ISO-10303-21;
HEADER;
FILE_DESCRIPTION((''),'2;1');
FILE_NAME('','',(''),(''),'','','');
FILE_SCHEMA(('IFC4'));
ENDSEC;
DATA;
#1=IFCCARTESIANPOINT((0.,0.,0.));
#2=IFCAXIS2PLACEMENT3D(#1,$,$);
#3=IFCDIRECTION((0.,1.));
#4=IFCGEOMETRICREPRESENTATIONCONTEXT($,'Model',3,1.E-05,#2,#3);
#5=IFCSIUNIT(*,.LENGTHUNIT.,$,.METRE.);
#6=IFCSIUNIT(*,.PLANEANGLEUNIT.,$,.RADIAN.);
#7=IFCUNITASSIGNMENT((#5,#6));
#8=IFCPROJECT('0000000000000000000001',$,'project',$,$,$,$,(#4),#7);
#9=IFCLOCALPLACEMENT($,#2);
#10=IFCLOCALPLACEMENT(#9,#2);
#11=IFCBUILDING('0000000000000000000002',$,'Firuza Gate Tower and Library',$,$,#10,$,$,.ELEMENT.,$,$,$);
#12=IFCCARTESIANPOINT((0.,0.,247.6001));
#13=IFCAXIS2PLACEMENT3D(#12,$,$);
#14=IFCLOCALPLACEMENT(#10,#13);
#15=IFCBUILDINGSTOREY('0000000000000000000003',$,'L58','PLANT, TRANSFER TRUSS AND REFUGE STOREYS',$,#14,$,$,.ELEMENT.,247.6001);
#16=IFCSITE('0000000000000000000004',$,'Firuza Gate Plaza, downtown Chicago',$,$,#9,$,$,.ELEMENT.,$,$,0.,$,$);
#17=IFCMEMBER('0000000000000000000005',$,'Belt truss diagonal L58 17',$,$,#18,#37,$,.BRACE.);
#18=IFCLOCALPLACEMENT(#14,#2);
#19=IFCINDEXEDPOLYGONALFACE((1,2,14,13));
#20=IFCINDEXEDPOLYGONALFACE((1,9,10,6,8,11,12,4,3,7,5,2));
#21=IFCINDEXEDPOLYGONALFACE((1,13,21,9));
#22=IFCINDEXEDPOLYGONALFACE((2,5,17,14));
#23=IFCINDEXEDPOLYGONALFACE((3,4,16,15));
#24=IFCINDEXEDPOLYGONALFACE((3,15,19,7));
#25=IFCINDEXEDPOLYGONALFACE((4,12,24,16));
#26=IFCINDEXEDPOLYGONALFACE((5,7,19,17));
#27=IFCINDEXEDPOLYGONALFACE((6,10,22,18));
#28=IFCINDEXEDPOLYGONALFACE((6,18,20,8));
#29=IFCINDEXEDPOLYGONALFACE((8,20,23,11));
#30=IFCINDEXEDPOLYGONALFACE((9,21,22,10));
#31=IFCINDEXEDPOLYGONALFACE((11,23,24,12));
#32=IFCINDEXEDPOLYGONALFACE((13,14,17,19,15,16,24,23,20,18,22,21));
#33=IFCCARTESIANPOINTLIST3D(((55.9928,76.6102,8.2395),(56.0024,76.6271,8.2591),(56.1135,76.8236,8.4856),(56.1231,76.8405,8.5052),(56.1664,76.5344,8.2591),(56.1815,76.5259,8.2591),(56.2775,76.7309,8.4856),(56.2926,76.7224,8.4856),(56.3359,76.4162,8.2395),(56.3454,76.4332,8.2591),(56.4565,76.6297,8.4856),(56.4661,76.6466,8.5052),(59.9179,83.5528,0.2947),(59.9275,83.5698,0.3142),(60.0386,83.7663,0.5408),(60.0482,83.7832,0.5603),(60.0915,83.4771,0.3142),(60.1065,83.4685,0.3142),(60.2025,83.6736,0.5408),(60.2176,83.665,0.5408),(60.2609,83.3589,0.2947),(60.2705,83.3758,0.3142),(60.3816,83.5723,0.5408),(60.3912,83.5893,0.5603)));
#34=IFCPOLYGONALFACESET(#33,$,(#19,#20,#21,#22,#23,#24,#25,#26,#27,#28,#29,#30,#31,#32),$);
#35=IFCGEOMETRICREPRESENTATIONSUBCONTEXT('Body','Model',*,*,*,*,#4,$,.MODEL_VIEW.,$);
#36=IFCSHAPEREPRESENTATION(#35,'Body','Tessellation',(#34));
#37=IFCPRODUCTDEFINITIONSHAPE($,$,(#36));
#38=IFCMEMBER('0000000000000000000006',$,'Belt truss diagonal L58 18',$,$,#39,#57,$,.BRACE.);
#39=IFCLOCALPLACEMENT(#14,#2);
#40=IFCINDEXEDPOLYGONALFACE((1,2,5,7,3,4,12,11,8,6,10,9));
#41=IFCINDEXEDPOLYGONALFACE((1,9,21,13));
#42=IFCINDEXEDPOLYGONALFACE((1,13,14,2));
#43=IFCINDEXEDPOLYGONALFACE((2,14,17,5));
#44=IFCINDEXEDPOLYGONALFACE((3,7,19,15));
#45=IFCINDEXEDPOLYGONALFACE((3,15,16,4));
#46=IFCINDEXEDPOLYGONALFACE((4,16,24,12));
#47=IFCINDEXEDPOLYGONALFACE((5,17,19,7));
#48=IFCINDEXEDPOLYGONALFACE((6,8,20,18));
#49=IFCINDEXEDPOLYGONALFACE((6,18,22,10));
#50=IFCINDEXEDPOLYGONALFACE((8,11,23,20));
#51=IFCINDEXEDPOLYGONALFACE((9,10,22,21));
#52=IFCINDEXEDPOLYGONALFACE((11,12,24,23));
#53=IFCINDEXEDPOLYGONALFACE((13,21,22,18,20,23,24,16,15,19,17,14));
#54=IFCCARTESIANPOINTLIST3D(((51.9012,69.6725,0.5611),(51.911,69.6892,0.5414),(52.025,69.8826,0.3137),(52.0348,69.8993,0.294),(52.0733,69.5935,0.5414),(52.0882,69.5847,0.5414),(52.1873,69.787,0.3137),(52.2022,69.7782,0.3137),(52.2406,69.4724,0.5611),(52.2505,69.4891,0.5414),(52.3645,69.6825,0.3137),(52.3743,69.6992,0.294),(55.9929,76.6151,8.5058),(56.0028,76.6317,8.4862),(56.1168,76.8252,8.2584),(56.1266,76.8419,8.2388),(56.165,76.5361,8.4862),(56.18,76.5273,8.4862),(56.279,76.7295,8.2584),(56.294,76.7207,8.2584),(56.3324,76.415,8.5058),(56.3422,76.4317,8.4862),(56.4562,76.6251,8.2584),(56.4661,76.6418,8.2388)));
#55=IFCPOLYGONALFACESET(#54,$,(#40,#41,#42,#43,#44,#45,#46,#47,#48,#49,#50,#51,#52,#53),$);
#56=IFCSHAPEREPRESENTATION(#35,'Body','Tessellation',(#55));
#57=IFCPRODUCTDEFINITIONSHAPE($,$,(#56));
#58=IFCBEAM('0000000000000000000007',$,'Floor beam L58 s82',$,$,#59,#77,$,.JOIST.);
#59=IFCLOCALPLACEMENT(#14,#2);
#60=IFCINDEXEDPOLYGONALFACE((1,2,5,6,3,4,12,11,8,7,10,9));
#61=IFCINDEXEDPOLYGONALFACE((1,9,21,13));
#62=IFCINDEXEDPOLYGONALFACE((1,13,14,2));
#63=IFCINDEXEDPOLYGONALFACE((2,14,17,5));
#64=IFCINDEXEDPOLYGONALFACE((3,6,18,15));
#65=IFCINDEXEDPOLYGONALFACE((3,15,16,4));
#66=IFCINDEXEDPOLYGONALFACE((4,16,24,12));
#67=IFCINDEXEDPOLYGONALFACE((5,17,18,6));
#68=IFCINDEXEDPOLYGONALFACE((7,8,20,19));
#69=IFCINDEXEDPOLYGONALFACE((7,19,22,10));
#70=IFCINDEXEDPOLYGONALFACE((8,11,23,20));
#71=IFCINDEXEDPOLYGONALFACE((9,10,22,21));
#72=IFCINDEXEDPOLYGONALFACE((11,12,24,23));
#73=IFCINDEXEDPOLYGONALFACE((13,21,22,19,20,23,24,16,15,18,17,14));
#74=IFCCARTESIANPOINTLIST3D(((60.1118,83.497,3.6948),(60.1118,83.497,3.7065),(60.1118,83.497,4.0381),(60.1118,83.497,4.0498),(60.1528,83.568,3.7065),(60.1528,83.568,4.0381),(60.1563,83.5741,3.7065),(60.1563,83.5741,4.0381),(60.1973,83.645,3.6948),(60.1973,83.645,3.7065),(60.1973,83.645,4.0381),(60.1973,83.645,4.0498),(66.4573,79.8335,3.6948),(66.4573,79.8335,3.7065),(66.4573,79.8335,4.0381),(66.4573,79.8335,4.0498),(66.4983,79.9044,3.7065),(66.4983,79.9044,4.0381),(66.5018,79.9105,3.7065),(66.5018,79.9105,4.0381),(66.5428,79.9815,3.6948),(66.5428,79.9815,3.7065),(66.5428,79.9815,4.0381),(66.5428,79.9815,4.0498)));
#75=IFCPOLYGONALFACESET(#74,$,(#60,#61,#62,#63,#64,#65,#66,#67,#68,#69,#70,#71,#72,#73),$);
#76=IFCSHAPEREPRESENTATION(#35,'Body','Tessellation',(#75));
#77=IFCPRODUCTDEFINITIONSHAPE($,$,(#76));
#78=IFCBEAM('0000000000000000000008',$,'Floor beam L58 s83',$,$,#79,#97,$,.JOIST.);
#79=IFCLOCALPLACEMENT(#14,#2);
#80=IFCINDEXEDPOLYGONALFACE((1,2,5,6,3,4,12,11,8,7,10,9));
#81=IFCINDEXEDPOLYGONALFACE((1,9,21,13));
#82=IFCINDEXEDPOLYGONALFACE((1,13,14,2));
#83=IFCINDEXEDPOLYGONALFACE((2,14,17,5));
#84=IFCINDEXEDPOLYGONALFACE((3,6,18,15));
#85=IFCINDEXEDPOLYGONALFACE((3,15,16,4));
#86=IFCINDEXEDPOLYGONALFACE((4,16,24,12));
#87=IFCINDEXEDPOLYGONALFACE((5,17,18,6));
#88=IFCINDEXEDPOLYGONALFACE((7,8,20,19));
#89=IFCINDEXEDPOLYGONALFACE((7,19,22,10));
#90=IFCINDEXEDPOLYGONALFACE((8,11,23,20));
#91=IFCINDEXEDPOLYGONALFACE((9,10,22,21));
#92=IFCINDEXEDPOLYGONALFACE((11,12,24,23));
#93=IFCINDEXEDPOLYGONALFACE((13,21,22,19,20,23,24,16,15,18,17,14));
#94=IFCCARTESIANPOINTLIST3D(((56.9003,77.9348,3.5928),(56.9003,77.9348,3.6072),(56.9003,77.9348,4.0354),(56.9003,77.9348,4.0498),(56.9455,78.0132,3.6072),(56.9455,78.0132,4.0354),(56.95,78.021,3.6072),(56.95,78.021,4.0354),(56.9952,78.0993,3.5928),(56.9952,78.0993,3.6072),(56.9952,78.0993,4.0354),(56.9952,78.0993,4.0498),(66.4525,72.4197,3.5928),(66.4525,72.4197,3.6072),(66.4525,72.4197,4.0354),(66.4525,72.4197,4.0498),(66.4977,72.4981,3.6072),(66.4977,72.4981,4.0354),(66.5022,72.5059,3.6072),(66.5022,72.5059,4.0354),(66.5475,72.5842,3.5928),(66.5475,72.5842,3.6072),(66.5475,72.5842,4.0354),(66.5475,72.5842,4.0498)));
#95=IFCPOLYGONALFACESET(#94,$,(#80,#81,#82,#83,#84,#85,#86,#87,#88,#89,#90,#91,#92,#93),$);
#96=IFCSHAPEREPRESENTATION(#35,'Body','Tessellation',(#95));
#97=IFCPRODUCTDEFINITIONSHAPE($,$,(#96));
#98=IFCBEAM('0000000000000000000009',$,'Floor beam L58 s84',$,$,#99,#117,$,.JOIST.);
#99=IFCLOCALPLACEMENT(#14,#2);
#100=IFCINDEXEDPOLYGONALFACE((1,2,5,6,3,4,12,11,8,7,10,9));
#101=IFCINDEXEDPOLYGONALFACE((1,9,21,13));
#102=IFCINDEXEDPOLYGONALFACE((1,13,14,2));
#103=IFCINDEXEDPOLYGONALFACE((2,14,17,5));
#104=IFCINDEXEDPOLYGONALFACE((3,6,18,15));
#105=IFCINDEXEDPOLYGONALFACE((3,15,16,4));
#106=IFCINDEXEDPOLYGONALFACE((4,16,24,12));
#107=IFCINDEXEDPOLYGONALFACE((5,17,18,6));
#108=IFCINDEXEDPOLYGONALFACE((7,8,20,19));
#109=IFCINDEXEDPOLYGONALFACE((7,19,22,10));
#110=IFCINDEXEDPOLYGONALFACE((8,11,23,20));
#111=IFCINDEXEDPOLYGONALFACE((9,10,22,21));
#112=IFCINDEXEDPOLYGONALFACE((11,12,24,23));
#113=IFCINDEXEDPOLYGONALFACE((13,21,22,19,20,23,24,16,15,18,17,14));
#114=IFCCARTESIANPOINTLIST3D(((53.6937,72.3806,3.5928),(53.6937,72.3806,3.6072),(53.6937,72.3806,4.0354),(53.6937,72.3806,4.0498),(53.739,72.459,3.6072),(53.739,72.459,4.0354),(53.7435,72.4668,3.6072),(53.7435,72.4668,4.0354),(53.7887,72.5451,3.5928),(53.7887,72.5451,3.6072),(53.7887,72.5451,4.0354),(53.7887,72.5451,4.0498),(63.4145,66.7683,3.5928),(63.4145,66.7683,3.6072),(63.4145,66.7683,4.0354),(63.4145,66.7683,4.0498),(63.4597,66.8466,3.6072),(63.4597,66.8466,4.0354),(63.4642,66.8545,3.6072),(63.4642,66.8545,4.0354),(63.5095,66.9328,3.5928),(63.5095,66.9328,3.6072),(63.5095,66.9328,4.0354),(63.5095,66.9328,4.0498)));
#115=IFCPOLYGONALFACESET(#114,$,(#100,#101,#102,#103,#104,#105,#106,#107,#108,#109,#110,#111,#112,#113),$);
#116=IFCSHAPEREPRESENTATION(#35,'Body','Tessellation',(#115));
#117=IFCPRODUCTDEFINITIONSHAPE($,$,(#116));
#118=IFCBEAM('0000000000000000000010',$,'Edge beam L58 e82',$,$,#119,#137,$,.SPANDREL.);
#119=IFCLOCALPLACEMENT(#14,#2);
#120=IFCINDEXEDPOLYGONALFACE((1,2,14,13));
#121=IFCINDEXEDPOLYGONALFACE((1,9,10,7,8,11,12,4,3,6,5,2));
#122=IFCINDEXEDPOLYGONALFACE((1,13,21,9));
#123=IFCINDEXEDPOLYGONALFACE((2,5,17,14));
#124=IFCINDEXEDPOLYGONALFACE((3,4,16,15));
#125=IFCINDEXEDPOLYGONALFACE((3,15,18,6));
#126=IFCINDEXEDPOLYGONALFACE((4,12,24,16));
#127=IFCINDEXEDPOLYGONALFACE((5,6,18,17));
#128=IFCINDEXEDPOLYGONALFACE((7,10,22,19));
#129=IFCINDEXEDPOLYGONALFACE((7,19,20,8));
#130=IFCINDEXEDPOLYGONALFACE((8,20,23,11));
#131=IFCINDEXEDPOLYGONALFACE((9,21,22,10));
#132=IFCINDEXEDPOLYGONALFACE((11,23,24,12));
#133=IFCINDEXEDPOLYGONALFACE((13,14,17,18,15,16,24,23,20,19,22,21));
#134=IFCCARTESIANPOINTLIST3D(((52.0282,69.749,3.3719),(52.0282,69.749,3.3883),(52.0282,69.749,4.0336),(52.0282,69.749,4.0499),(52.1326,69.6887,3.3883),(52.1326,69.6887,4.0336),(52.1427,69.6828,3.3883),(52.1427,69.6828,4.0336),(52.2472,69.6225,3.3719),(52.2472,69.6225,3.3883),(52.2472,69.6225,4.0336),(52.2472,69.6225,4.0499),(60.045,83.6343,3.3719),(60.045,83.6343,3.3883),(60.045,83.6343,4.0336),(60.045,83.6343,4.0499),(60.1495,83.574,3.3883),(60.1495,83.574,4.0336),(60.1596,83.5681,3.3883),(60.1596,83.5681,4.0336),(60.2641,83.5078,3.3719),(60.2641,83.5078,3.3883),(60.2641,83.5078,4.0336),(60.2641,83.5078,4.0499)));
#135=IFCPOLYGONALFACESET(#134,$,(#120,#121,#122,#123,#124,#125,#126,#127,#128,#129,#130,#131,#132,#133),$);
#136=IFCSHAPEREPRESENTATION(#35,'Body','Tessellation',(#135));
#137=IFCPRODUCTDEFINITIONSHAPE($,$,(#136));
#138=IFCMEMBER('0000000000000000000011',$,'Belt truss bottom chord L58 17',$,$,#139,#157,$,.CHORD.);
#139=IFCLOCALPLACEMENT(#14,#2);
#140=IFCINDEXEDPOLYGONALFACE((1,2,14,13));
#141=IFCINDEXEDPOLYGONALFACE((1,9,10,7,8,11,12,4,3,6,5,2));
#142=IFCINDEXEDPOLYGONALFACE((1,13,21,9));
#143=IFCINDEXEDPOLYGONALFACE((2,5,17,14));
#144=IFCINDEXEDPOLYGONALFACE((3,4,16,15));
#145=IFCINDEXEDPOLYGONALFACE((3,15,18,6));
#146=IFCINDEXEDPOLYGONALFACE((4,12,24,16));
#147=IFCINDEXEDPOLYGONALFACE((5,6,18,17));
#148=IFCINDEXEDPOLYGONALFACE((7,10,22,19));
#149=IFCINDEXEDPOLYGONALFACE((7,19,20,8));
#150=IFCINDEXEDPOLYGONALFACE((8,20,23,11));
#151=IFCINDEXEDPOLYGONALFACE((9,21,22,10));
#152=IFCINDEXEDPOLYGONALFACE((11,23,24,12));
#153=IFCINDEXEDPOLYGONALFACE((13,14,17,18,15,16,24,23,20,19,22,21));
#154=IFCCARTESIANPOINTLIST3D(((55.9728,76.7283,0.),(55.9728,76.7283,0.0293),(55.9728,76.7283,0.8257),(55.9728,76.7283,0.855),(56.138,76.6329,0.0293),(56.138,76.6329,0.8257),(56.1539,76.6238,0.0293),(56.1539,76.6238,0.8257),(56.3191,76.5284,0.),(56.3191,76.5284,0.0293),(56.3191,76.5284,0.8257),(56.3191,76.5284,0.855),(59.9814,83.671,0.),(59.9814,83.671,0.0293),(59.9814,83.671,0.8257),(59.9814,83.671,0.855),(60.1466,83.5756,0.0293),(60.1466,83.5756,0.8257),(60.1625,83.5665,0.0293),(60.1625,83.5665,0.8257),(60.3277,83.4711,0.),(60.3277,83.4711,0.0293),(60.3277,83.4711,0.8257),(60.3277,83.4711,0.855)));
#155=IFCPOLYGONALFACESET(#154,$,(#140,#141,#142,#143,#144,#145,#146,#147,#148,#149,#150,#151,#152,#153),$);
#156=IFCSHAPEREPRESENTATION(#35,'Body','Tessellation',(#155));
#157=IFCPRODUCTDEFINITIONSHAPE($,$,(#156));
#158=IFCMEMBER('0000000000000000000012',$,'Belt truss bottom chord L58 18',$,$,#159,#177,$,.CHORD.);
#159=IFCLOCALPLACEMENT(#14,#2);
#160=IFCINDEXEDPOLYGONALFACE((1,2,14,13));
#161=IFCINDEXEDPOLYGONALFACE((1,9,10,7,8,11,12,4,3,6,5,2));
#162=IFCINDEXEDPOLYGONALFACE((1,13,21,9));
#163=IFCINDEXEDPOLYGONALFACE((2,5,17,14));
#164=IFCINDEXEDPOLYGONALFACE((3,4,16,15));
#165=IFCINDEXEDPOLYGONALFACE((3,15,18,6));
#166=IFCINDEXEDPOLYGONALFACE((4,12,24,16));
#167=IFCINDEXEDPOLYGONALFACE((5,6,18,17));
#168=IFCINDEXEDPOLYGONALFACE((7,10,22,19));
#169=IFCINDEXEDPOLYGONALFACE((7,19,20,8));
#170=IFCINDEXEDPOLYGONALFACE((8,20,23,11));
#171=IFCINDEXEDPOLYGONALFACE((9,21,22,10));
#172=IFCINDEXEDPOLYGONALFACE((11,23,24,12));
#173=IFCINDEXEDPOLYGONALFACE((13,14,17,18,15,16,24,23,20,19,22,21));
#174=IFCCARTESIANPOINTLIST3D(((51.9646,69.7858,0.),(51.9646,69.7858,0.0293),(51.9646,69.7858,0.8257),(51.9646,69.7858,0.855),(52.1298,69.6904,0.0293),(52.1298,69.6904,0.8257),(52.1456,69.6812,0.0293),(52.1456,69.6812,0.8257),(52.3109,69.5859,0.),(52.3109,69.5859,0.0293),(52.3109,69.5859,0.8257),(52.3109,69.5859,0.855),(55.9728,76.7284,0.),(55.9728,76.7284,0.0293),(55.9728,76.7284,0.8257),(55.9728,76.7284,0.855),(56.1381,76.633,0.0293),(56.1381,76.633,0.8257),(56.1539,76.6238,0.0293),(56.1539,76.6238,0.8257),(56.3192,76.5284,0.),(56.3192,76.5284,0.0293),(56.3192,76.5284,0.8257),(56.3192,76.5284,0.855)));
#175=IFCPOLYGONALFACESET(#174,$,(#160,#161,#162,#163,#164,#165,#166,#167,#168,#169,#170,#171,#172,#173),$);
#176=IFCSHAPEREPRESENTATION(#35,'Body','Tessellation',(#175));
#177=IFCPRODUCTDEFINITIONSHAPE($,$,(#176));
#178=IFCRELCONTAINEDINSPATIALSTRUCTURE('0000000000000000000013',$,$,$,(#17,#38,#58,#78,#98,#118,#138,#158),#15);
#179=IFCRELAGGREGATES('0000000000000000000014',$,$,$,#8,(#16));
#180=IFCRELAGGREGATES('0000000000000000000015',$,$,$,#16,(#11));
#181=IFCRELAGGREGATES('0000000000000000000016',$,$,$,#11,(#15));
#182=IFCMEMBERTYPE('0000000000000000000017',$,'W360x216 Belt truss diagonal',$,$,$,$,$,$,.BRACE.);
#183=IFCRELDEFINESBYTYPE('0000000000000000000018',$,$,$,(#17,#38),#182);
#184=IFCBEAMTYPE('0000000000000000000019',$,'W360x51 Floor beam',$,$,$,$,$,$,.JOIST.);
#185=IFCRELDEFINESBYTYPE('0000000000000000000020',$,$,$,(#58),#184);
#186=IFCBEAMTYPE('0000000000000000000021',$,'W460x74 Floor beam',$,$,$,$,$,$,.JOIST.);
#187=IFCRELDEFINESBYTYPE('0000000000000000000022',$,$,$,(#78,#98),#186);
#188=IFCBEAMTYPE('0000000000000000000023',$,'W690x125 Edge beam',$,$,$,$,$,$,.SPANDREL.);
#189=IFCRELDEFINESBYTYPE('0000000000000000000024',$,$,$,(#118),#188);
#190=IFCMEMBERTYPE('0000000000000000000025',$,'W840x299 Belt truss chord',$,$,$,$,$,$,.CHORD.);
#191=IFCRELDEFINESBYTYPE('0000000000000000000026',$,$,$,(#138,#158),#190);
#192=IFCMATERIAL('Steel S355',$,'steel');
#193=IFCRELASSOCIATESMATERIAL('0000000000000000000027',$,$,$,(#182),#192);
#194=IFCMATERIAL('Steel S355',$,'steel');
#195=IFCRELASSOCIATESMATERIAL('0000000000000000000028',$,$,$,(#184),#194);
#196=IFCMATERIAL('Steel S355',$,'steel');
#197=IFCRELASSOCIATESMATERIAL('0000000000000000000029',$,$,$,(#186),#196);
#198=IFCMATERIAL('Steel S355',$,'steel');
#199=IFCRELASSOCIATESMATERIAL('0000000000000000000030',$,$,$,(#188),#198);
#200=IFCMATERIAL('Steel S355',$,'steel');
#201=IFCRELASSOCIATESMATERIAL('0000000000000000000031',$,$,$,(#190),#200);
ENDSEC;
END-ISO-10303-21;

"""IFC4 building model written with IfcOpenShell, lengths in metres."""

from ifc_helpers import new_model, si_unit, direction, frame, origin, origin_2d, place, context, subcontext, project, spatial, i_section, extrude, material, material_profile, profile_set, type_object, element, save


model = new_model("IFC4")

# Units and contexts
model_context = context("Model", 3, precision=1e-05, world=origin(), true_north=direction((0.0, 1.0)))
body_context = subcontext(model_context, "Body", "Model", "MODEL_VIEW")
ifc_project = project(units=[si_unit("LENGTHUNIT", "METRE"), si_unit("PLANEANGLEUNIT", "RADIAN")], contexts=[model_context])

# Site, building, storey
site_placement = place(None, origin())
site = spatial("IfcSite", under=ifc_project, at=site_placement, Name="Firuza Gate Plaza, downtown Chicago", CompositionType="ELEMENT", RefElevation=0.0)
building_placement = place(site_placement, origin())
building = spatial("IfcBuilding", under=site, at=building_placement, Name="Firuza Gate Tower and Library", CompositionType="ELEMENT")
storey_placement = place(building_placement, frame((0.0, 0.0, 247.6001)))
storey = spatial("IfcBuildingStorey", under=building, at=storey_placement, Name="L58", Description="PLANT, TRANSFER TRUSS AND REFUGE STOREYS", CompositionType="ELEMENT", Elevation=247.6001)

# Members
ifc_material_1 = material(Name="Steel S355", Category="steel")
ifc_material_profile_1 = material_profile(ifc_material_1, i_section(OverallWidth=0.394, OverallDepth=0.375, WebThickness=0.0173, FlangeThickness=0.0276, at=origin_2d()))
ifc_profile_set_1 = profile_set([ifc_material_profile_1], Name="Steel S355")
member_type_1 = type_object("IfcMemberType", Name="W360x216 Belt truss diagonal", PredefinedType="BRACE", material=ifc_profile_set_1)
member_1_placement = place(storey_placement, frame((60.1545, 83.571, 0.4275), z_axis=(-0.348668, -0.616723, 0.70575), x_axis=(0.870512, -0.492148, 0.0)))
element("IfcMember", 1, at=member_1_placement, inside=storey, type_object=member_type_1, Name="Belt truss diagonal L58 17", PredefinedType="BRACE", context=body_context, shape_type="SweptSolid", body=[
    extrude(i_section(OverallWidth=0.394, OverallDepth=0.375, WebThickness=0.0173, FlangeThickness=0.0276, at=origin_2d()), origin(), (0.0, 0.0, 1.0), 11.2573),
])
member_2_placement = place(storey_placement, frame((56.2295, 76.6284, 8.3723), z_axis=(-0.361578, -0.613496, -0.702057), x_axis=(0.861506, -0.507748, 0.0)))
element("IfcMember", 2, at=member_2_placement, inside=storey, type_object=member_type_1, Name="Belt truss diagonal L58 18", PredefinedType="BRACE", context=body_context, shape_type="SweptSolid", body=[
    extrude(i_section(OverallWidth=0.394, OverallDepth=0.375, WebThickness=0.0173, FlangeThickness=0.0276, at=origin_2d()), origin(), (0.0, 0.0, 1.0), 11.3164),
])

# Beams
ifc_material_2 = material(Name="Steel S355", Category="steel")
ifc_material_profile_2 = material_profile(ifc_material_2, i_section(OverallWidth=0.1709, OverallDepth=0.355, WebThickness=0.0071, FlangeThickness=0.0117, at=origin_2d()))
ifc_profile_set_2 = profile_set([ifc_material_profile_2], Name="Steel S355")
beam_type_1 = type_object("IfcBeamType", Name="W360x51 Floor beam", PredefinedType="JOIST", material=ifc_profile_set_2)
beam_1_placement = place(storey_placement, frame((60.1545, 83.571, 3.8723), z_axis=(0.866024, -0.500002, 0.0), x_axis=(0.500002, 0.866024, 0.0)))
element("IfcBeam", 3, at=beam_1_placement, inside=storey, type_object=beam_type_1, Name="Floor beam L58 s82", PredefinedType="JOIST", context=body_context, shape_type="SweptSolid", body=[
    extrude(i_section(OverallWidth=0.1709, OverallDepth=0.355, WebThickness=0.0071, FlangeThickness=0.0117, at=origin_2d()), origin(), (0.0, 0.0, 1.0), 7.3271),
])
ifc_material_3 = material(Name="Steel S355", Category="steel")
ifc_material_profile_3 = material_profile(ifc_material_3, i_section(OverallWidth=0.1899, OverallDepth=0.457, WebThickness=0.009, FlangeThickness=0.0144, at=origin_2d()))
ifc_profile_set_3 = profile_set([ifc_material_profile_3], Name="Steel S355")
beam_type_2 = type_object("IfcBeamType", Name="W460x74 Floor beam", PredefinedType="JOIST", material=ifc_profile_set_3)
beam_2_placement = place(storey_placement, frame((56.9478, 78.0171, 3.8213), z_axis=(0.86602, -0.50001, 0.0), x_axis=(0.50001, 0.86602, 0.0)))
element("IfcBeam", 4, at=beam_2_placement, inside=storey, type_object=beam_type_2, Name="Floor beam L58 s83", PredefinedType="JOIST", context=body_context, shape_type="SweptSolid", body=[
    extrude(i_section(OverallWidth=0.1899, OverallDepth=0.457, WebThickness=0.009, FlangeThickness=0.0144, at=origin_2d()), origin(), (0.0, 0.0, 1.0), 11.03),
])
beam_3_placement = place(storey_placement, frame((53.7412, 72.4629, 3.8213), z_axis=(0.866023, -0.500004, 0.0), x_axis=(0.500004, 0.866023, 0.0)))
element("IfcBeam", 5, at=beam_3_placement, inside=storey, type_object=beam_type_2, Name="Floor beam L58 s84", PredefinedType="JOIST", context=body_context, shape_type="SweptSolid", body=[
    extrude(i_section(OverallWidth=0.1899, OverallDepth=0.457, WebThickness=0.009, FlangeThickness=0.0144, at=origin_2d()), origin(), (0.0, 0.0, 1.0), 11.2246),
])
ifc_material_4 = material(Name="Steel S355", Category="steel")
ifc_material_profile_4 = material_profile(ifc_material_4, i_section(OverallWidth=0.2529, OverallDepth=0.678, WebThickness=0.0117, FlangeThickness=0.0164, at=origin_2d()))
ifc_profile_set_4 = profile_set([ifc_material_profile_4], Name="Steel S355")
beam_type_3 = type_object("IfcBeamType", Name="W690x125 Edge beam", PredefinedType="SPANDREL", material=ifc_profile_set_4)
beam_4_placement = place(storey_placement, frame((60.1545, 83.571, 3.7109), z_axis=(-0.500009, -0.86602, 0.0), x_axis=(0.86602, -0.500009, 0.0)))
element("IfcBeam", 6, at=beam_4_placement, inside=storey, type_object=beam_type_3, Name="Edge beam L58 e82", PredefinedType="SPANDREL", context=body_context, shape_type="SweptSolid", body=[
    extrude(i_section(OverallWidth=0.2529, OverallDepth=0.678, WebThickness=0.0117, FlangeThickness=0.0164, at=origin_2d()), origin(), (0.0, 0.0, 1.0), 16.0334),
])

# Members
ifc_material_5 = material(Name="Steel S355", Category="steel")
ifc_material_profile_5 = material_profile(ifc_material_5, i_section(OverallWidth=0.3999, OverallDepth=0.855, WebThickness=0.0183, FlangeThickness=0.0293, at=origin_2d()))
ifc_profile_set_5 = profile_set([ifc_material_profile_5], Name="Steel S355")
member_type_2 = type_object("IfcMemberType", Name="W840x299 Belt truss chord", PredefinedType="CHORD", material=ifc_profile_set_5)
member_3_placement = place(storey_placement, frame((60.1545, 83.571, 0.4275), z_axis=(-0.50002, -0.866014, 0.0), x_axis=(0.866014, -0.50002, 0.0)))
element("IfcMember", 7, at=member_3_placement, inside=storey, type_object=member_type_2, Name="Belt truss bottom chord L58 17", PredefinedType="CHORD", context=body_context, shape_type="SweptSolid", body=[
    extrude(i_section(OverallWidth=0.3999, OverallDepth=0.855, WebThickness=0.0183, FlangeThickness=0.0293, at=origin_2d()), origin(), (0.0, 0.0, 1.0), 8.0168),
])
member_4_placement = place(storey_placement, frame((56.146, 76.6284, 0.4275), z_axis=(-0.499997, -0.866027, 0.0), x_axis=(0.866027, -0.499997, 0.0)))
element("IfcMember", 8, at=member_4_placement, inside=storey, type_object=member_type_2, Name="Belt truss bottom chord L58 18", PredefinedType="CHORD", context=body_context, shape_type="SweptSolid", body=[
    extrude(i_section(OverallWidth=0.3999, OverallDepth=0.855, WebThickness=0.0183, FlangeThickness=0.0293, at=origin_2d()), origin(), (0.0, 0.0, 1.0), 8.0166),
])

save(model, "model.ifc")
